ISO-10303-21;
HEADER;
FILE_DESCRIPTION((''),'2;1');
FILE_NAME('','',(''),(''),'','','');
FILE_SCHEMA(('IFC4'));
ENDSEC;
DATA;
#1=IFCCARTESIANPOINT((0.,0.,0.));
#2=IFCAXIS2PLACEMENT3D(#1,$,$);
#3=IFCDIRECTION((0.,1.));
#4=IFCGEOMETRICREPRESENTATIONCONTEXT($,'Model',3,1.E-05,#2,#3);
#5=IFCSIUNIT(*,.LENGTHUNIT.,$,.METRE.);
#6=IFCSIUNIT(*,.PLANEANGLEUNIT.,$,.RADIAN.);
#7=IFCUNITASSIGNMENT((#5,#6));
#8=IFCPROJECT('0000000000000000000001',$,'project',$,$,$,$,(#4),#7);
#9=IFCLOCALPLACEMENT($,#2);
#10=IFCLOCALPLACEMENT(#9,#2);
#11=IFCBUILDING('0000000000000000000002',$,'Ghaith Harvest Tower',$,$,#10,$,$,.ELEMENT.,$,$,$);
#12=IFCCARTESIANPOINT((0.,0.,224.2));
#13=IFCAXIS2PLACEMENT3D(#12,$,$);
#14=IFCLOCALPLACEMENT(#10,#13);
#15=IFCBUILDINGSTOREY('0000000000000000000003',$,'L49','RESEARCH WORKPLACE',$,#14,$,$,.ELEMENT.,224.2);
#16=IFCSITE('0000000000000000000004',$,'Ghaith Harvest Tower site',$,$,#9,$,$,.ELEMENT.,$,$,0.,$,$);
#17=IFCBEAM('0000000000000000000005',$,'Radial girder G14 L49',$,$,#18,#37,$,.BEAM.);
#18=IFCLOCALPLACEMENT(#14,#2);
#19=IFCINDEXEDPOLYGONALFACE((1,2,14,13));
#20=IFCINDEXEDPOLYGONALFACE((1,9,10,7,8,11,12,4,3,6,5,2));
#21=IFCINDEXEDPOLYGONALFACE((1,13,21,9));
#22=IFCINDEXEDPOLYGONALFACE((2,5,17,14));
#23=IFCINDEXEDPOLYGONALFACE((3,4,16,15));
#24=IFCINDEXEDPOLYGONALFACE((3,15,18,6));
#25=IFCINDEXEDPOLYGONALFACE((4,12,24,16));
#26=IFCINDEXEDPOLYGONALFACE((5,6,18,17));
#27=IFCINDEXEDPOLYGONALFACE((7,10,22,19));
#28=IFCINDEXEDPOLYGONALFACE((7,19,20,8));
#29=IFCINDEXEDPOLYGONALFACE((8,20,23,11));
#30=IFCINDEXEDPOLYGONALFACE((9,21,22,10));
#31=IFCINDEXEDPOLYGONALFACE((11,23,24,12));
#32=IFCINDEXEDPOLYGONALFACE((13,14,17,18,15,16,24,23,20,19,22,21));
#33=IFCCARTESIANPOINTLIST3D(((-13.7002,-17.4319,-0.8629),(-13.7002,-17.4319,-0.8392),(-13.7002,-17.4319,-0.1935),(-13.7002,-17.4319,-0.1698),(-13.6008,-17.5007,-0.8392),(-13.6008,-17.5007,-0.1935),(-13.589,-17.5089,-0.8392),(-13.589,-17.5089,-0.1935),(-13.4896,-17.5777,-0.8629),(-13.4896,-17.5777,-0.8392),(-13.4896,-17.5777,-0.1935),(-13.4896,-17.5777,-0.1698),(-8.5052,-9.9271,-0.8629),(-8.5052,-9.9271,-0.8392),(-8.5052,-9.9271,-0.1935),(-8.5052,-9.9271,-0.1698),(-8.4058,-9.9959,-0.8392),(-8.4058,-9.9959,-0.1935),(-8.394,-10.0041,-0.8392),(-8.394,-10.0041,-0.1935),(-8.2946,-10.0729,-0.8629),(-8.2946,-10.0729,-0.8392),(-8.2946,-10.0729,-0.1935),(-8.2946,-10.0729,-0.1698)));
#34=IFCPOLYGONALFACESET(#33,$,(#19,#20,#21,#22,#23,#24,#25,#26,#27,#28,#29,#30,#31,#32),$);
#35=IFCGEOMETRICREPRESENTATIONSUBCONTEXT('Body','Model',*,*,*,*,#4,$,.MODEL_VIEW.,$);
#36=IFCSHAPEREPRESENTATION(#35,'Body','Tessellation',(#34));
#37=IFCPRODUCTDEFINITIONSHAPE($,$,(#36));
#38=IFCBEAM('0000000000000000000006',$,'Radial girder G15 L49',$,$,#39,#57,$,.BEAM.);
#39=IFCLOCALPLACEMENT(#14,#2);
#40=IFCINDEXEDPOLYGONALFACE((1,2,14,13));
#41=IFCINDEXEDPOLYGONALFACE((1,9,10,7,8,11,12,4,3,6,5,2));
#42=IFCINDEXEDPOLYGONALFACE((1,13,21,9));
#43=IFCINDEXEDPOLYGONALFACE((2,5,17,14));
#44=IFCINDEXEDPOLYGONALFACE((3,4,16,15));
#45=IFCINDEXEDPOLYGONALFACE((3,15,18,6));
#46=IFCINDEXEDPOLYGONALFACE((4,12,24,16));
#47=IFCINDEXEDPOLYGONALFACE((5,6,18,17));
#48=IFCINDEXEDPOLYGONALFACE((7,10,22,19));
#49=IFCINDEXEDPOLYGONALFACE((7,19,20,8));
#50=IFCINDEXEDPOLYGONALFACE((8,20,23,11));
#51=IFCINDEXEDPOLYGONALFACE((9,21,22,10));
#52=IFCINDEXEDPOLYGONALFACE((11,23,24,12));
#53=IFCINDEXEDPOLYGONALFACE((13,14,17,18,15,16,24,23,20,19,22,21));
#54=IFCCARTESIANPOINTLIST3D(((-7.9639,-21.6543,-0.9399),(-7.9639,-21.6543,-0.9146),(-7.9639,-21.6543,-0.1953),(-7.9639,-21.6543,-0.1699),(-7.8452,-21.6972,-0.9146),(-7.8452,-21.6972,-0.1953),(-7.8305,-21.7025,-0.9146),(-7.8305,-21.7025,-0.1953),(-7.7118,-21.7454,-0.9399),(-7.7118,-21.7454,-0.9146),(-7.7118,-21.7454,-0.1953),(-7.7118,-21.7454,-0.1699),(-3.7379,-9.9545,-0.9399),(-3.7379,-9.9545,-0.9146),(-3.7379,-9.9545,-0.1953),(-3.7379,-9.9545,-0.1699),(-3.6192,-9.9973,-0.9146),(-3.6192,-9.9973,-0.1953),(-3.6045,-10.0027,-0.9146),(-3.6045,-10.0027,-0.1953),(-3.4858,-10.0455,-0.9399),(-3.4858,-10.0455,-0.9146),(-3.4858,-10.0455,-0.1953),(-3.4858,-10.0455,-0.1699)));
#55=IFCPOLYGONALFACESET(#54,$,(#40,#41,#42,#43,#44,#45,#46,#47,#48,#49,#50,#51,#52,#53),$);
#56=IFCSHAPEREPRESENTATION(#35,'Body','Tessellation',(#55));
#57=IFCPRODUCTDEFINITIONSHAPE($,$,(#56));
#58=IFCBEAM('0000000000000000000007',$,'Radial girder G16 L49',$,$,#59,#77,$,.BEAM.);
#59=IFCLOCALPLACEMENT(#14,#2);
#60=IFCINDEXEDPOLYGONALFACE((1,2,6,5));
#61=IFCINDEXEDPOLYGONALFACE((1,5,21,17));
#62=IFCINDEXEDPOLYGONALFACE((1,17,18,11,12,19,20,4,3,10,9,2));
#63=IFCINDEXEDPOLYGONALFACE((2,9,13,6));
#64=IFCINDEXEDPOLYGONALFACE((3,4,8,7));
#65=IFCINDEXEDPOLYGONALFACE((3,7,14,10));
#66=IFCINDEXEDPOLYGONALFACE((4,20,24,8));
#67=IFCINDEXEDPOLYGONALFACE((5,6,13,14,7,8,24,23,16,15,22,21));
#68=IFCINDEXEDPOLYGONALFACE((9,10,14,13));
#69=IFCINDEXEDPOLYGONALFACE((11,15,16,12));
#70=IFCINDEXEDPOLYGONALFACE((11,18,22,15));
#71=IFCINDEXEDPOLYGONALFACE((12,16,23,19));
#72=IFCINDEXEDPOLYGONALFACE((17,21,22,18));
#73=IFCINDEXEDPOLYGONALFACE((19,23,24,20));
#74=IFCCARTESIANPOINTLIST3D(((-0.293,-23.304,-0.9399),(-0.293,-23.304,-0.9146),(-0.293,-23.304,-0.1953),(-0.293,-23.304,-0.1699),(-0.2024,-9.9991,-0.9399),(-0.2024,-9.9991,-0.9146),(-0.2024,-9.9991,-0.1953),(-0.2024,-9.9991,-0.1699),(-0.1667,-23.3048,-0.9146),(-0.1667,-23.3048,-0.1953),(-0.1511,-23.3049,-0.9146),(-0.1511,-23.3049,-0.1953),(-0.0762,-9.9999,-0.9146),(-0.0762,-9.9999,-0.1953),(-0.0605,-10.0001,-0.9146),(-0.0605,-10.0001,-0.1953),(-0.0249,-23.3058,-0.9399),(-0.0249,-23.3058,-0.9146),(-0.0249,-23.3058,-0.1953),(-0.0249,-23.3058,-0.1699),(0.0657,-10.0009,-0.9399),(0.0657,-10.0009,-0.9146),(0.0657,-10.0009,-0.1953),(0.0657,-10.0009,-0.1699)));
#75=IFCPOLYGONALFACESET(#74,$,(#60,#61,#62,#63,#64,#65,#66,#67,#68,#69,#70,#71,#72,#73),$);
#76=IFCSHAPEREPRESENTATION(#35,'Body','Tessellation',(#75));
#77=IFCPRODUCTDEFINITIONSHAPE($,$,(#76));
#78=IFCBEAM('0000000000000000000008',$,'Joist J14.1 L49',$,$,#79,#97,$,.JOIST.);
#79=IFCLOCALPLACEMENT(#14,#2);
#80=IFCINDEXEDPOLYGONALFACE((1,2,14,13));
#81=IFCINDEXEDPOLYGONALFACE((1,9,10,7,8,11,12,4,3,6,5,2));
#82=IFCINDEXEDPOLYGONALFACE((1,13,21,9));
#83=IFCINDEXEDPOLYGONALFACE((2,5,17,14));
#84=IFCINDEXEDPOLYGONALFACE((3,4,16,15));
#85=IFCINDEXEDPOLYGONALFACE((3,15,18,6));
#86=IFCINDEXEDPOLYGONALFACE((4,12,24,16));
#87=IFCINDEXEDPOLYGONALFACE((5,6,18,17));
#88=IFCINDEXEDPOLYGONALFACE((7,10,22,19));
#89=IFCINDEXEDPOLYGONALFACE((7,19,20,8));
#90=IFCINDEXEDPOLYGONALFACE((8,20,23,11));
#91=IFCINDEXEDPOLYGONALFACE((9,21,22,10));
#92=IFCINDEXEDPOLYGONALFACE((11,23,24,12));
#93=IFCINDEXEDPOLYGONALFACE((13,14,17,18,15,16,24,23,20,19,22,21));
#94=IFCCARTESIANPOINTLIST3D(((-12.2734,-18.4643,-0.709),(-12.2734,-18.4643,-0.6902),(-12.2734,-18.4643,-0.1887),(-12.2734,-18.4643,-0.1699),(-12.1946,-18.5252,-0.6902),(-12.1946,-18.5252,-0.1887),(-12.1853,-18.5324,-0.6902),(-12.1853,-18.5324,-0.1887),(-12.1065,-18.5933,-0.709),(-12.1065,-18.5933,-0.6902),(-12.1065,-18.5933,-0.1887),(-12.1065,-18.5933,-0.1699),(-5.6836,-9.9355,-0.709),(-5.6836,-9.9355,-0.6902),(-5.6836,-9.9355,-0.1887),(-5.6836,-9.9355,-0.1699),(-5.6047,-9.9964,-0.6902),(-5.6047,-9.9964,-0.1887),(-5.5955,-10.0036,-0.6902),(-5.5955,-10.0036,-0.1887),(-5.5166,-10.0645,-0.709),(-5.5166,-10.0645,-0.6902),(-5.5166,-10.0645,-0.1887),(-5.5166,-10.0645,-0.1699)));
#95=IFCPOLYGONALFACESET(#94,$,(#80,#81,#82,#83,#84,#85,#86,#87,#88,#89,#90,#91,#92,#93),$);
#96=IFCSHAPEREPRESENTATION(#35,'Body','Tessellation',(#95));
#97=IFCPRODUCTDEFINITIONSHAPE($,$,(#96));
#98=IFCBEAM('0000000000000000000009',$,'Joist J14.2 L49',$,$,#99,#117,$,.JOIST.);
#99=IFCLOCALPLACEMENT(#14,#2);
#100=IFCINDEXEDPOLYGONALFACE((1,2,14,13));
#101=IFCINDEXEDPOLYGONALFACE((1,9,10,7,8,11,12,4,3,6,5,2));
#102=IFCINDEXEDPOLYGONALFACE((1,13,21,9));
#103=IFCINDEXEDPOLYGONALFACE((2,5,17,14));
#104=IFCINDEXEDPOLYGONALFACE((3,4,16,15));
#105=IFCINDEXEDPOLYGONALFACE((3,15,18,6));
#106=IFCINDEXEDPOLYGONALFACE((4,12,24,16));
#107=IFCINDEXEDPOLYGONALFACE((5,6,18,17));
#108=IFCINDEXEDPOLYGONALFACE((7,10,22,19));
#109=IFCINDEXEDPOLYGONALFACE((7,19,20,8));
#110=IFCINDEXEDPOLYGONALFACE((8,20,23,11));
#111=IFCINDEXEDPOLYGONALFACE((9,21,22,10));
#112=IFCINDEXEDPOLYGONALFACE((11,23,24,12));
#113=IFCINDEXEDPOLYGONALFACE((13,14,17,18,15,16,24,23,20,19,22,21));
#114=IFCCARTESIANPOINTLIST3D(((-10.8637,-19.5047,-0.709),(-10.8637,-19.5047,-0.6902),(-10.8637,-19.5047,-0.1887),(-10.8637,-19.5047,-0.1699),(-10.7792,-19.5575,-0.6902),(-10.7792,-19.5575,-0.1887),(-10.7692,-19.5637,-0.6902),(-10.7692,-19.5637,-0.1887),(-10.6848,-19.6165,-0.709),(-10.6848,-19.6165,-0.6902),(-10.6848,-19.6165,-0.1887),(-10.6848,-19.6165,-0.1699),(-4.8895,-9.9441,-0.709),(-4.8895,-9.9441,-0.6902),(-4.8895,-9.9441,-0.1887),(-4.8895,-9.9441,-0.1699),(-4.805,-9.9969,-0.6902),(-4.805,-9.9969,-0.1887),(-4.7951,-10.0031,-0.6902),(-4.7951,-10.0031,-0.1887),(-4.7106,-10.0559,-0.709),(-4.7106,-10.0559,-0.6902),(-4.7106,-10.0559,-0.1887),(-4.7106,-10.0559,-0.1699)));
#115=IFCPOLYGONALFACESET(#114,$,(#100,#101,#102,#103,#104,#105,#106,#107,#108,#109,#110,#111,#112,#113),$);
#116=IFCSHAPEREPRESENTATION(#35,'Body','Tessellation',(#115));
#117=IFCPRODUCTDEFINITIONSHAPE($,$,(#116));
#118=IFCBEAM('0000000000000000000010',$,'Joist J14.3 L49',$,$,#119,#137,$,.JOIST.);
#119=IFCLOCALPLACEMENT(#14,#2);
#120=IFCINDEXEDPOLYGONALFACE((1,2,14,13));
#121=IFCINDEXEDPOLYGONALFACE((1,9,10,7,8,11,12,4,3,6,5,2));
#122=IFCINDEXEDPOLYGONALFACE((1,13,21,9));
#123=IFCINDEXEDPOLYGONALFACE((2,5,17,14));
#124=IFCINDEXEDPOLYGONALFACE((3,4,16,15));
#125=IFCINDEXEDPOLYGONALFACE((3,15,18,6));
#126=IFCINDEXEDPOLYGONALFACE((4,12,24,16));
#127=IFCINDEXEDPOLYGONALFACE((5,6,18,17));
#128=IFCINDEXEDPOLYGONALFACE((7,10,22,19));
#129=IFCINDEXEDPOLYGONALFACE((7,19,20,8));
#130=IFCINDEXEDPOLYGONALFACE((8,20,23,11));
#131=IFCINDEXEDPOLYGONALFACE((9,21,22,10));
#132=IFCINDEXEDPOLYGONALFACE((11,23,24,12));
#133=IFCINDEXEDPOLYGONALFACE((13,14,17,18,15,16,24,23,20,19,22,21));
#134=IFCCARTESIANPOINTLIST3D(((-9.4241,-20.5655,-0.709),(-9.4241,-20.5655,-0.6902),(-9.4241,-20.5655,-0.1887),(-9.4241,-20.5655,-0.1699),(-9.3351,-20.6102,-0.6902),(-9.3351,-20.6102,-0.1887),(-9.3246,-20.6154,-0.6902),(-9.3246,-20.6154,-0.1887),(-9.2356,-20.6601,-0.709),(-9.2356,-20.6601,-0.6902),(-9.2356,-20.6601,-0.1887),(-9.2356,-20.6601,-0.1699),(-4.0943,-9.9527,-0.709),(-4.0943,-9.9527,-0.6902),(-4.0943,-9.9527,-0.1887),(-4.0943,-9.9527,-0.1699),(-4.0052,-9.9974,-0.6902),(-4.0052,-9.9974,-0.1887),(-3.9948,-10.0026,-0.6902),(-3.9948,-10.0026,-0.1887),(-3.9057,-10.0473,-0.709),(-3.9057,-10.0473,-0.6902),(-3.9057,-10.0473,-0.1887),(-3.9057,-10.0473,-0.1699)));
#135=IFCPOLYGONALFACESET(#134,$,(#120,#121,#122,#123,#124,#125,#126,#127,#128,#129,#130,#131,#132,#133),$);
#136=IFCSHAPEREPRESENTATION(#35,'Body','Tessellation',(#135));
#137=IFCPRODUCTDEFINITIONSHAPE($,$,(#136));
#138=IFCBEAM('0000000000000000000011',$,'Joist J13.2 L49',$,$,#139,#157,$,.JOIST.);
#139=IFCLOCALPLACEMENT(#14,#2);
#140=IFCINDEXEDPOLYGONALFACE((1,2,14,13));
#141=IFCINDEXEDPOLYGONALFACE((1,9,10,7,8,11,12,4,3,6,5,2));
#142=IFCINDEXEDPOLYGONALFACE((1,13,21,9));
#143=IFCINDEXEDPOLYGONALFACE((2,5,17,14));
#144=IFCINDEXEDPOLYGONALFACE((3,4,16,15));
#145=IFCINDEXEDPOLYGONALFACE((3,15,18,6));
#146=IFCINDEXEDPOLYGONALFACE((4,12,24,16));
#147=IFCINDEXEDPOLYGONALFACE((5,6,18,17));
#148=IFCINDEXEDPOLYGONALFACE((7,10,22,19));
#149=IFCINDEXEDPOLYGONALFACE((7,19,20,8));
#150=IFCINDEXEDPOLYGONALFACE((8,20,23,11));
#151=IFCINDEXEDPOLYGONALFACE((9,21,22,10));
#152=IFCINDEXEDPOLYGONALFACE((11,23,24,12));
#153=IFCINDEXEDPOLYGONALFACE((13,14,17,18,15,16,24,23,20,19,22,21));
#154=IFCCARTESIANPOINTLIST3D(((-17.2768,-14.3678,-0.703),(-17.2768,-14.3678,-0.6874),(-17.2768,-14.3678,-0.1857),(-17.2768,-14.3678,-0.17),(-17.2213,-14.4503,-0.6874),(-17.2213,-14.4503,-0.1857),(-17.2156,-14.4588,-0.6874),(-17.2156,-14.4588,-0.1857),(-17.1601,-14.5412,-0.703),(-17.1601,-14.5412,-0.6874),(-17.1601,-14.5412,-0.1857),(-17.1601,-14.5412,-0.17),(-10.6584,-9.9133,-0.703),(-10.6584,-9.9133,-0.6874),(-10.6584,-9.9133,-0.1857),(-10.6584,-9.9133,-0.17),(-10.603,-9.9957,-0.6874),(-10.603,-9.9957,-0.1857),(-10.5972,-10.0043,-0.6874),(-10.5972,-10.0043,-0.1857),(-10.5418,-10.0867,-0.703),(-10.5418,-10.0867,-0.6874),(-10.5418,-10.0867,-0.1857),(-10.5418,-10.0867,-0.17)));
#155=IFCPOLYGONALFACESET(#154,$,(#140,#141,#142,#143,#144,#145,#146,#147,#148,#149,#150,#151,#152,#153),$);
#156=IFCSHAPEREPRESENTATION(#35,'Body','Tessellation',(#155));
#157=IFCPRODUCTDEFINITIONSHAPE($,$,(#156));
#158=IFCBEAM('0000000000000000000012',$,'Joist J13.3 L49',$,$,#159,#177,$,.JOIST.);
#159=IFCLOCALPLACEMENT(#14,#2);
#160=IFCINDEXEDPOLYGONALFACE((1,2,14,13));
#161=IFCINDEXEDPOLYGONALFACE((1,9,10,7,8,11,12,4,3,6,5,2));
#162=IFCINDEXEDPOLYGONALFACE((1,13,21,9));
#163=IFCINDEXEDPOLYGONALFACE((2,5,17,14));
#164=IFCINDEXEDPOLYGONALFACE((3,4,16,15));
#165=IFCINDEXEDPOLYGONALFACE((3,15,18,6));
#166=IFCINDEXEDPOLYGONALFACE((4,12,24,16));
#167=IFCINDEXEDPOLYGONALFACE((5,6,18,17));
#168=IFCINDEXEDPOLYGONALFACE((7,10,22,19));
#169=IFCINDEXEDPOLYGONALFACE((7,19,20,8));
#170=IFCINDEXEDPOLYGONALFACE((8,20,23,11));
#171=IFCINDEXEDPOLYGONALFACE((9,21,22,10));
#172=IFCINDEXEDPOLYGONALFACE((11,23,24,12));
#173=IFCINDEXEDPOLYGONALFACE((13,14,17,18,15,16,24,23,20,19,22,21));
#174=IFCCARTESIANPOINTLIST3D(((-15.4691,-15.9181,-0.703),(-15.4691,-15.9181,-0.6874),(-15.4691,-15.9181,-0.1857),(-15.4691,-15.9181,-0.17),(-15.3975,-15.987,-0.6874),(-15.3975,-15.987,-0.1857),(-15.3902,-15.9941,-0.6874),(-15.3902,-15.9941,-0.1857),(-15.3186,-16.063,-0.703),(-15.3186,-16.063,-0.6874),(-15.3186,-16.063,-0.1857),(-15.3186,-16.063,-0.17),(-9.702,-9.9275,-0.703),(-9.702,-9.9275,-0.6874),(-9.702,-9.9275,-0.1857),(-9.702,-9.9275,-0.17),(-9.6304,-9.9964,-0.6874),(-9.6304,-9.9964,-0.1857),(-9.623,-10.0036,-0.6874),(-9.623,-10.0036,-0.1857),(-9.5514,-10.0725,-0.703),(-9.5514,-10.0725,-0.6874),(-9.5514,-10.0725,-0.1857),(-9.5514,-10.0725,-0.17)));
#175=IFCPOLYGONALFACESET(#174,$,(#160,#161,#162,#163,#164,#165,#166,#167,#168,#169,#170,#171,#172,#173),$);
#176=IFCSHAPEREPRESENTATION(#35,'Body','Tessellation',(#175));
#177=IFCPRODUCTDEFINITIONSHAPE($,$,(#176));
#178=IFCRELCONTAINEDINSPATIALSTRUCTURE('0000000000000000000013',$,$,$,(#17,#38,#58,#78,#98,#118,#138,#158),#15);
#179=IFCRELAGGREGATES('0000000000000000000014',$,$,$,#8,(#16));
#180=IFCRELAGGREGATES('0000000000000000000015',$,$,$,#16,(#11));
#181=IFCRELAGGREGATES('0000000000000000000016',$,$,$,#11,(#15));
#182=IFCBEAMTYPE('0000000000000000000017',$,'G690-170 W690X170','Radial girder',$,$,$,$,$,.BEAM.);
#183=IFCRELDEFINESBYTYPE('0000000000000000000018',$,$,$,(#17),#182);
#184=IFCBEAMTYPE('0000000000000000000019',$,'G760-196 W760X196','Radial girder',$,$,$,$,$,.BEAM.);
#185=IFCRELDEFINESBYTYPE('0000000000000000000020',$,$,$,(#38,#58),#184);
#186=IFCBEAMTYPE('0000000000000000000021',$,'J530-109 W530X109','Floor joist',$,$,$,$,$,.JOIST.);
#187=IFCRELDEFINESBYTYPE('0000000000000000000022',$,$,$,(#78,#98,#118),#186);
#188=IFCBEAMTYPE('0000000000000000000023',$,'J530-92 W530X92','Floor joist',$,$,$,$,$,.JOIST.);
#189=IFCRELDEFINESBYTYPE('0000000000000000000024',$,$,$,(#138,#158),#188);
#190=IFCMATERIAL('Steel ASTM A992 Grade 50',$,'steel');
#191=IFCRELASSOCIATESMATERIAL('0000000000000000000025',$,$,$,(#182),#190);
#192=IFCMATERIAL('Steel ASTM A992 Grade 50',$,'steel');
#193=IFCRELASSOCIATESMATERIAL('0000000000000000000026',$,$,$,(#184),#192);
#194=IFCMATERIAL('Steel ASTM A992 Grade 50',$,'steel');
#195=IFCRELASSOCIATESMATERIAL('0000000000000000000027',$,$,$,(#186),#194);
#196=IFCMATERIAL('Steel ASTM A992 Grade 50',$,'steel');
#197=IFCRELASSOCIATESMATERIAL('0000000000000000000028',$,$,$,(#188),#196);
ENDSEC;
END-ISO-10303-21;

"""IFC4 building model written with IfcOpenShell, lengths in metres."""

from ifc_helpers import new_model, si_unit, direction, frame, origin, origin_2d, place, context, subcontext, project, spatial, i_section, extrude, material, material_profile, profile_set, type_object, element, save


model = new_model("IFC4")

# Units and contexts
model_context = context("Model", 3, precision=1e-05, world=origin(), true_north=direction((0.0, 1.0)))
body_context = subcontext(model_context, "Body", "Model", "MODEL_VIEW")
ifc_project = project(units=[si_unit("LENGTHUNIT", "METRE"), si_unit("PLANEANGLEUNIT", "RADIAN")], contexts=[model_context])

# Site, building, storey
site_placement = place(None, origin())
site = spatial("IfcSite", under=ifc_project, at=site_placement, Name="Ghaith Harvest Tower site", CompositionType="ELEMENT", RefElevation=0.0)
building_placement = place(site_placement, origin())
building = spatial("IfcBuilding", under=site, at=building_placement, Name="Ghaith Harvest Tower", CompositionType="ELEMENT")
storey_placement = place(building_placement, frame((0.0, 0.0, 224.2)))
storey = spatial("IfcBuildingStorey", under=building, at=storey_placement, Name="L49", Description="RESEARCH WORKPLACE", CompositionType="ELEMENT", Elevation=224.2)

# Beams
ifc_material_1 = material(Name="Steel ASTM A992 Grade 50", Category="steel")
ifc_material_profile_1 = material_profile(ifc_material_1, i_section(OverallWidth=0.2561, OverallDepth=0.6931, WebThickness=0.0144, FlangeThickness=0.0237, at=origin_2d()), Name="W690X170")
ifc_profile_set_1 = profile_set([ifc_material_profile_1], Name="Steel ASTM A992 Grade 50")
beam_type_1 = type_object("IfcBeamType", Name="G690-170 W690X170", Description="Radial girder", PredefinedType="BEAM", material=ifc_profile_set_1)
beam_1_placement = place(storey_placement, frame((-8.3999, -10.0, -0.5164), z_axis=(-0.569164, -0.822224, 0.0), x_axis=(0.822224, -0.569164, 0.0)))
element("IfcBeam", 1, at=beam_1_placement, inside=storey, type_object=beam_type_1, Name="Radial girder G14 L49", PredefinedType="BEAM", context=body_context, shape_type="SweptSolid", body=[
    extrude(i_section(OverallWidth=0.2561, OverallDepth=0.6931, WebThickness=0.0144, FlangeThickness=0.0237, at=origin_2d()), origin(), (0.0, 0.0, 1.0), 9.1274),
])
ifc_material_2 = material(Name="Steel ASTM A992 Grade 50", Category="steel")
ifc_material_profile_2 = material_profile(ifc_material_2, i_section(OverallWidth=0.2681, OverallDepth=0.77, WebThickness=0.0156, FlangeThickness=0.0254, at=origin_2d()), Name="W760X196")
ifc_profile_set_2 = profile_set([ifc_material_profile_2], Name="Steel ASTM A992 Grade 50")
beam_type_2 = type_object("IfcBeamType", Name="G760-196 W760X196", Description="Radial girder", PredefinedType="BEAM", material=ifc_profile_set_2)
beam_2_placement = place(storey_placement, frame((-3.6118, -10.0, -0.5549), z_axis=(-0.339722, -0.940526, 0.0), x_axis=(0.940526, -0.339722, 0.0)))
element("IfcBeam", 2, at=beam_2_placement, inside=storey, type_object=beam_type_2, Name="Radial girder G15 L49", PredefinedType="BEAM", context=body_context, shape_type="SweptSolid", body=[
    extrude(i_section(OverallWidth=0.2681, OverallDepth=0.77, WebThickness=0.0156, FlangeThickness=0.0254, at=origin_2d()), origin(), (0.0, 0.0, 1.0), 12.4397),
])
beam_3_placement = place(storey_placement, frame((-0.0684, -10.0, -0.5549), z_axis=(-0.006808, -0.999977, 0.0), x_axis=(0.999977, -0.006808, 0.0)))
element("IfcBeam", 3, at=beam_3_placement, inside=storey, type_object=beam_type_2, Name="Radial girder G16 L49", PredefinedType="BEAM", context=body_context, shape_type="SweptSolid", body=[
    extrude(i_section(OverallWidth=0.2681, OverallDepth=0.77, WebThickness=0.0156, FlangeThickness=0.0254, at=origin_2d()), origin(), (0.0, 0.0, 1.0), 13.3052),
])
ifc_material_3 = material(Name="Steel ASTM A992 Grade 50", Category="steel")
ifc_material_profile_3 = material_profile(ifc_material_3, i_section(OverallWidth=0.2109, OverallDepth=0.5391, WebThickness=0.0117, FlangeThickness=0.0188, at=origin_2d()), Name="W530X109")
ifc_profile_set_3 = profile_set([ifc_material_profile_3], Name="Steel ASTM A992 Grade 50")
beam_type_3 = type_object("IfcBeamType", Name="J530-109 W530X109", Description="Floor joist", PredefinedType="JOIST", material=ifc_profile_set_3)
beam_4_placement = place(storey_placement, frame((-5.6001, -10.0, -0.4395), z_axis=(-0.611413, -0.791312, 0.0), x_axis=(0.791312, -0.611413, 0.0)))
element("IfcBeam", 4, at=beam_4_placement, inside=storey, type_object=beam_type_3, Name="Joist J14.1 L49", PredefinedType="JOIST", context=body_context, shape_type="SweptSolid", body=[
    extrude(i_section(OverallWidth=0.2109, OverallDepth=0.5391, WebThickness=0.0117, FlangeThickness=0.0188, at=origin_2d()), origin(), (0.0, 0.0, 1.0), 10.7781),
])
beam_5_placement = place(storey_placement, frame((-4.8, -10.0, -0.4395), z_axis=(-0.529921, -0.848047, 0.0), x_axis=(0.848047, -0.529921, 0.0)))
element("IfcBeam", 5, at=beam_5_placement, inside=storey, type_object=beam_type_3, Name="Joist J14.2 L49", PredefinedType="JOIST", context=body_context, shape_type="SweptSolid", body=[
    extrude(i_section(OverallWidth=0.2109, OverallDepth=0.5391, WebThickness=0.0117, FlangeThickness=0.0188, at=origin_2d()), origin(), (0.0, 0.0, 1.0), 11.2737),
])
beam_6_placement = place(storey_placement, frame((-4.0, -10.0, -0.4395), z_axis=(-0.448792, -0.893636, 0.0), x_axis=(0.893636, -0.448792, 0.0)))
element("IfcBeam", 6, at=beam_6_placement, inside=storey, type_object=beam_type_3, Name="Joist J14.3 L49", PredefinedType="JOIST", context=body_context, shape_type="SweptSolid", body=[
    extrude(i_section(OverallWidth=0.2109, OverallDepth=0.5391, WebThickness=0.0117, FlangeThickness=0.0188, at=origin_2d()), origin(), (0.0, 0.0, 1.0), 11.876),
])
ifc_material_4 = material(Name="Steel ASTM A992 Grade 50", Category="steel")
ifc_material_profile_4 = material_profile(ifc_material_4, i_section(OverallWidth=0.209, OverallDepth=0.533, WebThickness=0.0103, FlangeThickness=0.0156, at=origin_2d()), Name="W530X92")
ifc_profile_set_4 = profile_set([ifc_material_profile_4], Name="Steel ASTM A992 Grade 50")
beam_type_4 = type_object("IfcBeamType", Name="J530-92 W530X92", Description="Floor joist", PredefinedType="JOIST", material=ifc_profile_set_4)
beam_7_placement = place(storey_placement, frame((-10.6001, -10.0, -0.4365), z_axis=(-0.829594, -0.558367, 0.0), x_axis=(0.558367, -0.829594, 0.0)))
element("IfcBeam", 7, at=beam_7_placement, inside=storey, type_object=beam_type_4, Name="Joist J13.2 L49", PredefinedType="JOIST", context=body_context, shape_type="SweptSolid", body=[
    extrude(i_section(OverallWidth=0.209, OverallDepth=0.533, WebThickness=0.0103, FlangeThickness=0.0156, at=origin_2d()), origin(), (0.0, 0.0, 1.0), 7.9778),
])
beam_8_placement = place(storey_placement, frame((-9.6267, -10.0, -0.4365), z_axis=(-0.693547, -0.720411, 0.0), x_axis=(0.720411, -0.693547, 0.0)))
element("IfcBeam", 8, at=beam_8_placement, inside=storey, type_object=beam_type_4, Name="Joist J13.3 L49", PredefinedType="JOIST", context=body_context, shape_type="SweptSolid", body=[
    extrude(i_section(OverallWidth=0.209, OverallDepth=0.533, WebThickness=0.0103, FlangeThickness=0.0156, at=origin_2d()), origin(), (0.0, 0.0, 1.0), 8.3154),
])

save(model, "model.ifc")
